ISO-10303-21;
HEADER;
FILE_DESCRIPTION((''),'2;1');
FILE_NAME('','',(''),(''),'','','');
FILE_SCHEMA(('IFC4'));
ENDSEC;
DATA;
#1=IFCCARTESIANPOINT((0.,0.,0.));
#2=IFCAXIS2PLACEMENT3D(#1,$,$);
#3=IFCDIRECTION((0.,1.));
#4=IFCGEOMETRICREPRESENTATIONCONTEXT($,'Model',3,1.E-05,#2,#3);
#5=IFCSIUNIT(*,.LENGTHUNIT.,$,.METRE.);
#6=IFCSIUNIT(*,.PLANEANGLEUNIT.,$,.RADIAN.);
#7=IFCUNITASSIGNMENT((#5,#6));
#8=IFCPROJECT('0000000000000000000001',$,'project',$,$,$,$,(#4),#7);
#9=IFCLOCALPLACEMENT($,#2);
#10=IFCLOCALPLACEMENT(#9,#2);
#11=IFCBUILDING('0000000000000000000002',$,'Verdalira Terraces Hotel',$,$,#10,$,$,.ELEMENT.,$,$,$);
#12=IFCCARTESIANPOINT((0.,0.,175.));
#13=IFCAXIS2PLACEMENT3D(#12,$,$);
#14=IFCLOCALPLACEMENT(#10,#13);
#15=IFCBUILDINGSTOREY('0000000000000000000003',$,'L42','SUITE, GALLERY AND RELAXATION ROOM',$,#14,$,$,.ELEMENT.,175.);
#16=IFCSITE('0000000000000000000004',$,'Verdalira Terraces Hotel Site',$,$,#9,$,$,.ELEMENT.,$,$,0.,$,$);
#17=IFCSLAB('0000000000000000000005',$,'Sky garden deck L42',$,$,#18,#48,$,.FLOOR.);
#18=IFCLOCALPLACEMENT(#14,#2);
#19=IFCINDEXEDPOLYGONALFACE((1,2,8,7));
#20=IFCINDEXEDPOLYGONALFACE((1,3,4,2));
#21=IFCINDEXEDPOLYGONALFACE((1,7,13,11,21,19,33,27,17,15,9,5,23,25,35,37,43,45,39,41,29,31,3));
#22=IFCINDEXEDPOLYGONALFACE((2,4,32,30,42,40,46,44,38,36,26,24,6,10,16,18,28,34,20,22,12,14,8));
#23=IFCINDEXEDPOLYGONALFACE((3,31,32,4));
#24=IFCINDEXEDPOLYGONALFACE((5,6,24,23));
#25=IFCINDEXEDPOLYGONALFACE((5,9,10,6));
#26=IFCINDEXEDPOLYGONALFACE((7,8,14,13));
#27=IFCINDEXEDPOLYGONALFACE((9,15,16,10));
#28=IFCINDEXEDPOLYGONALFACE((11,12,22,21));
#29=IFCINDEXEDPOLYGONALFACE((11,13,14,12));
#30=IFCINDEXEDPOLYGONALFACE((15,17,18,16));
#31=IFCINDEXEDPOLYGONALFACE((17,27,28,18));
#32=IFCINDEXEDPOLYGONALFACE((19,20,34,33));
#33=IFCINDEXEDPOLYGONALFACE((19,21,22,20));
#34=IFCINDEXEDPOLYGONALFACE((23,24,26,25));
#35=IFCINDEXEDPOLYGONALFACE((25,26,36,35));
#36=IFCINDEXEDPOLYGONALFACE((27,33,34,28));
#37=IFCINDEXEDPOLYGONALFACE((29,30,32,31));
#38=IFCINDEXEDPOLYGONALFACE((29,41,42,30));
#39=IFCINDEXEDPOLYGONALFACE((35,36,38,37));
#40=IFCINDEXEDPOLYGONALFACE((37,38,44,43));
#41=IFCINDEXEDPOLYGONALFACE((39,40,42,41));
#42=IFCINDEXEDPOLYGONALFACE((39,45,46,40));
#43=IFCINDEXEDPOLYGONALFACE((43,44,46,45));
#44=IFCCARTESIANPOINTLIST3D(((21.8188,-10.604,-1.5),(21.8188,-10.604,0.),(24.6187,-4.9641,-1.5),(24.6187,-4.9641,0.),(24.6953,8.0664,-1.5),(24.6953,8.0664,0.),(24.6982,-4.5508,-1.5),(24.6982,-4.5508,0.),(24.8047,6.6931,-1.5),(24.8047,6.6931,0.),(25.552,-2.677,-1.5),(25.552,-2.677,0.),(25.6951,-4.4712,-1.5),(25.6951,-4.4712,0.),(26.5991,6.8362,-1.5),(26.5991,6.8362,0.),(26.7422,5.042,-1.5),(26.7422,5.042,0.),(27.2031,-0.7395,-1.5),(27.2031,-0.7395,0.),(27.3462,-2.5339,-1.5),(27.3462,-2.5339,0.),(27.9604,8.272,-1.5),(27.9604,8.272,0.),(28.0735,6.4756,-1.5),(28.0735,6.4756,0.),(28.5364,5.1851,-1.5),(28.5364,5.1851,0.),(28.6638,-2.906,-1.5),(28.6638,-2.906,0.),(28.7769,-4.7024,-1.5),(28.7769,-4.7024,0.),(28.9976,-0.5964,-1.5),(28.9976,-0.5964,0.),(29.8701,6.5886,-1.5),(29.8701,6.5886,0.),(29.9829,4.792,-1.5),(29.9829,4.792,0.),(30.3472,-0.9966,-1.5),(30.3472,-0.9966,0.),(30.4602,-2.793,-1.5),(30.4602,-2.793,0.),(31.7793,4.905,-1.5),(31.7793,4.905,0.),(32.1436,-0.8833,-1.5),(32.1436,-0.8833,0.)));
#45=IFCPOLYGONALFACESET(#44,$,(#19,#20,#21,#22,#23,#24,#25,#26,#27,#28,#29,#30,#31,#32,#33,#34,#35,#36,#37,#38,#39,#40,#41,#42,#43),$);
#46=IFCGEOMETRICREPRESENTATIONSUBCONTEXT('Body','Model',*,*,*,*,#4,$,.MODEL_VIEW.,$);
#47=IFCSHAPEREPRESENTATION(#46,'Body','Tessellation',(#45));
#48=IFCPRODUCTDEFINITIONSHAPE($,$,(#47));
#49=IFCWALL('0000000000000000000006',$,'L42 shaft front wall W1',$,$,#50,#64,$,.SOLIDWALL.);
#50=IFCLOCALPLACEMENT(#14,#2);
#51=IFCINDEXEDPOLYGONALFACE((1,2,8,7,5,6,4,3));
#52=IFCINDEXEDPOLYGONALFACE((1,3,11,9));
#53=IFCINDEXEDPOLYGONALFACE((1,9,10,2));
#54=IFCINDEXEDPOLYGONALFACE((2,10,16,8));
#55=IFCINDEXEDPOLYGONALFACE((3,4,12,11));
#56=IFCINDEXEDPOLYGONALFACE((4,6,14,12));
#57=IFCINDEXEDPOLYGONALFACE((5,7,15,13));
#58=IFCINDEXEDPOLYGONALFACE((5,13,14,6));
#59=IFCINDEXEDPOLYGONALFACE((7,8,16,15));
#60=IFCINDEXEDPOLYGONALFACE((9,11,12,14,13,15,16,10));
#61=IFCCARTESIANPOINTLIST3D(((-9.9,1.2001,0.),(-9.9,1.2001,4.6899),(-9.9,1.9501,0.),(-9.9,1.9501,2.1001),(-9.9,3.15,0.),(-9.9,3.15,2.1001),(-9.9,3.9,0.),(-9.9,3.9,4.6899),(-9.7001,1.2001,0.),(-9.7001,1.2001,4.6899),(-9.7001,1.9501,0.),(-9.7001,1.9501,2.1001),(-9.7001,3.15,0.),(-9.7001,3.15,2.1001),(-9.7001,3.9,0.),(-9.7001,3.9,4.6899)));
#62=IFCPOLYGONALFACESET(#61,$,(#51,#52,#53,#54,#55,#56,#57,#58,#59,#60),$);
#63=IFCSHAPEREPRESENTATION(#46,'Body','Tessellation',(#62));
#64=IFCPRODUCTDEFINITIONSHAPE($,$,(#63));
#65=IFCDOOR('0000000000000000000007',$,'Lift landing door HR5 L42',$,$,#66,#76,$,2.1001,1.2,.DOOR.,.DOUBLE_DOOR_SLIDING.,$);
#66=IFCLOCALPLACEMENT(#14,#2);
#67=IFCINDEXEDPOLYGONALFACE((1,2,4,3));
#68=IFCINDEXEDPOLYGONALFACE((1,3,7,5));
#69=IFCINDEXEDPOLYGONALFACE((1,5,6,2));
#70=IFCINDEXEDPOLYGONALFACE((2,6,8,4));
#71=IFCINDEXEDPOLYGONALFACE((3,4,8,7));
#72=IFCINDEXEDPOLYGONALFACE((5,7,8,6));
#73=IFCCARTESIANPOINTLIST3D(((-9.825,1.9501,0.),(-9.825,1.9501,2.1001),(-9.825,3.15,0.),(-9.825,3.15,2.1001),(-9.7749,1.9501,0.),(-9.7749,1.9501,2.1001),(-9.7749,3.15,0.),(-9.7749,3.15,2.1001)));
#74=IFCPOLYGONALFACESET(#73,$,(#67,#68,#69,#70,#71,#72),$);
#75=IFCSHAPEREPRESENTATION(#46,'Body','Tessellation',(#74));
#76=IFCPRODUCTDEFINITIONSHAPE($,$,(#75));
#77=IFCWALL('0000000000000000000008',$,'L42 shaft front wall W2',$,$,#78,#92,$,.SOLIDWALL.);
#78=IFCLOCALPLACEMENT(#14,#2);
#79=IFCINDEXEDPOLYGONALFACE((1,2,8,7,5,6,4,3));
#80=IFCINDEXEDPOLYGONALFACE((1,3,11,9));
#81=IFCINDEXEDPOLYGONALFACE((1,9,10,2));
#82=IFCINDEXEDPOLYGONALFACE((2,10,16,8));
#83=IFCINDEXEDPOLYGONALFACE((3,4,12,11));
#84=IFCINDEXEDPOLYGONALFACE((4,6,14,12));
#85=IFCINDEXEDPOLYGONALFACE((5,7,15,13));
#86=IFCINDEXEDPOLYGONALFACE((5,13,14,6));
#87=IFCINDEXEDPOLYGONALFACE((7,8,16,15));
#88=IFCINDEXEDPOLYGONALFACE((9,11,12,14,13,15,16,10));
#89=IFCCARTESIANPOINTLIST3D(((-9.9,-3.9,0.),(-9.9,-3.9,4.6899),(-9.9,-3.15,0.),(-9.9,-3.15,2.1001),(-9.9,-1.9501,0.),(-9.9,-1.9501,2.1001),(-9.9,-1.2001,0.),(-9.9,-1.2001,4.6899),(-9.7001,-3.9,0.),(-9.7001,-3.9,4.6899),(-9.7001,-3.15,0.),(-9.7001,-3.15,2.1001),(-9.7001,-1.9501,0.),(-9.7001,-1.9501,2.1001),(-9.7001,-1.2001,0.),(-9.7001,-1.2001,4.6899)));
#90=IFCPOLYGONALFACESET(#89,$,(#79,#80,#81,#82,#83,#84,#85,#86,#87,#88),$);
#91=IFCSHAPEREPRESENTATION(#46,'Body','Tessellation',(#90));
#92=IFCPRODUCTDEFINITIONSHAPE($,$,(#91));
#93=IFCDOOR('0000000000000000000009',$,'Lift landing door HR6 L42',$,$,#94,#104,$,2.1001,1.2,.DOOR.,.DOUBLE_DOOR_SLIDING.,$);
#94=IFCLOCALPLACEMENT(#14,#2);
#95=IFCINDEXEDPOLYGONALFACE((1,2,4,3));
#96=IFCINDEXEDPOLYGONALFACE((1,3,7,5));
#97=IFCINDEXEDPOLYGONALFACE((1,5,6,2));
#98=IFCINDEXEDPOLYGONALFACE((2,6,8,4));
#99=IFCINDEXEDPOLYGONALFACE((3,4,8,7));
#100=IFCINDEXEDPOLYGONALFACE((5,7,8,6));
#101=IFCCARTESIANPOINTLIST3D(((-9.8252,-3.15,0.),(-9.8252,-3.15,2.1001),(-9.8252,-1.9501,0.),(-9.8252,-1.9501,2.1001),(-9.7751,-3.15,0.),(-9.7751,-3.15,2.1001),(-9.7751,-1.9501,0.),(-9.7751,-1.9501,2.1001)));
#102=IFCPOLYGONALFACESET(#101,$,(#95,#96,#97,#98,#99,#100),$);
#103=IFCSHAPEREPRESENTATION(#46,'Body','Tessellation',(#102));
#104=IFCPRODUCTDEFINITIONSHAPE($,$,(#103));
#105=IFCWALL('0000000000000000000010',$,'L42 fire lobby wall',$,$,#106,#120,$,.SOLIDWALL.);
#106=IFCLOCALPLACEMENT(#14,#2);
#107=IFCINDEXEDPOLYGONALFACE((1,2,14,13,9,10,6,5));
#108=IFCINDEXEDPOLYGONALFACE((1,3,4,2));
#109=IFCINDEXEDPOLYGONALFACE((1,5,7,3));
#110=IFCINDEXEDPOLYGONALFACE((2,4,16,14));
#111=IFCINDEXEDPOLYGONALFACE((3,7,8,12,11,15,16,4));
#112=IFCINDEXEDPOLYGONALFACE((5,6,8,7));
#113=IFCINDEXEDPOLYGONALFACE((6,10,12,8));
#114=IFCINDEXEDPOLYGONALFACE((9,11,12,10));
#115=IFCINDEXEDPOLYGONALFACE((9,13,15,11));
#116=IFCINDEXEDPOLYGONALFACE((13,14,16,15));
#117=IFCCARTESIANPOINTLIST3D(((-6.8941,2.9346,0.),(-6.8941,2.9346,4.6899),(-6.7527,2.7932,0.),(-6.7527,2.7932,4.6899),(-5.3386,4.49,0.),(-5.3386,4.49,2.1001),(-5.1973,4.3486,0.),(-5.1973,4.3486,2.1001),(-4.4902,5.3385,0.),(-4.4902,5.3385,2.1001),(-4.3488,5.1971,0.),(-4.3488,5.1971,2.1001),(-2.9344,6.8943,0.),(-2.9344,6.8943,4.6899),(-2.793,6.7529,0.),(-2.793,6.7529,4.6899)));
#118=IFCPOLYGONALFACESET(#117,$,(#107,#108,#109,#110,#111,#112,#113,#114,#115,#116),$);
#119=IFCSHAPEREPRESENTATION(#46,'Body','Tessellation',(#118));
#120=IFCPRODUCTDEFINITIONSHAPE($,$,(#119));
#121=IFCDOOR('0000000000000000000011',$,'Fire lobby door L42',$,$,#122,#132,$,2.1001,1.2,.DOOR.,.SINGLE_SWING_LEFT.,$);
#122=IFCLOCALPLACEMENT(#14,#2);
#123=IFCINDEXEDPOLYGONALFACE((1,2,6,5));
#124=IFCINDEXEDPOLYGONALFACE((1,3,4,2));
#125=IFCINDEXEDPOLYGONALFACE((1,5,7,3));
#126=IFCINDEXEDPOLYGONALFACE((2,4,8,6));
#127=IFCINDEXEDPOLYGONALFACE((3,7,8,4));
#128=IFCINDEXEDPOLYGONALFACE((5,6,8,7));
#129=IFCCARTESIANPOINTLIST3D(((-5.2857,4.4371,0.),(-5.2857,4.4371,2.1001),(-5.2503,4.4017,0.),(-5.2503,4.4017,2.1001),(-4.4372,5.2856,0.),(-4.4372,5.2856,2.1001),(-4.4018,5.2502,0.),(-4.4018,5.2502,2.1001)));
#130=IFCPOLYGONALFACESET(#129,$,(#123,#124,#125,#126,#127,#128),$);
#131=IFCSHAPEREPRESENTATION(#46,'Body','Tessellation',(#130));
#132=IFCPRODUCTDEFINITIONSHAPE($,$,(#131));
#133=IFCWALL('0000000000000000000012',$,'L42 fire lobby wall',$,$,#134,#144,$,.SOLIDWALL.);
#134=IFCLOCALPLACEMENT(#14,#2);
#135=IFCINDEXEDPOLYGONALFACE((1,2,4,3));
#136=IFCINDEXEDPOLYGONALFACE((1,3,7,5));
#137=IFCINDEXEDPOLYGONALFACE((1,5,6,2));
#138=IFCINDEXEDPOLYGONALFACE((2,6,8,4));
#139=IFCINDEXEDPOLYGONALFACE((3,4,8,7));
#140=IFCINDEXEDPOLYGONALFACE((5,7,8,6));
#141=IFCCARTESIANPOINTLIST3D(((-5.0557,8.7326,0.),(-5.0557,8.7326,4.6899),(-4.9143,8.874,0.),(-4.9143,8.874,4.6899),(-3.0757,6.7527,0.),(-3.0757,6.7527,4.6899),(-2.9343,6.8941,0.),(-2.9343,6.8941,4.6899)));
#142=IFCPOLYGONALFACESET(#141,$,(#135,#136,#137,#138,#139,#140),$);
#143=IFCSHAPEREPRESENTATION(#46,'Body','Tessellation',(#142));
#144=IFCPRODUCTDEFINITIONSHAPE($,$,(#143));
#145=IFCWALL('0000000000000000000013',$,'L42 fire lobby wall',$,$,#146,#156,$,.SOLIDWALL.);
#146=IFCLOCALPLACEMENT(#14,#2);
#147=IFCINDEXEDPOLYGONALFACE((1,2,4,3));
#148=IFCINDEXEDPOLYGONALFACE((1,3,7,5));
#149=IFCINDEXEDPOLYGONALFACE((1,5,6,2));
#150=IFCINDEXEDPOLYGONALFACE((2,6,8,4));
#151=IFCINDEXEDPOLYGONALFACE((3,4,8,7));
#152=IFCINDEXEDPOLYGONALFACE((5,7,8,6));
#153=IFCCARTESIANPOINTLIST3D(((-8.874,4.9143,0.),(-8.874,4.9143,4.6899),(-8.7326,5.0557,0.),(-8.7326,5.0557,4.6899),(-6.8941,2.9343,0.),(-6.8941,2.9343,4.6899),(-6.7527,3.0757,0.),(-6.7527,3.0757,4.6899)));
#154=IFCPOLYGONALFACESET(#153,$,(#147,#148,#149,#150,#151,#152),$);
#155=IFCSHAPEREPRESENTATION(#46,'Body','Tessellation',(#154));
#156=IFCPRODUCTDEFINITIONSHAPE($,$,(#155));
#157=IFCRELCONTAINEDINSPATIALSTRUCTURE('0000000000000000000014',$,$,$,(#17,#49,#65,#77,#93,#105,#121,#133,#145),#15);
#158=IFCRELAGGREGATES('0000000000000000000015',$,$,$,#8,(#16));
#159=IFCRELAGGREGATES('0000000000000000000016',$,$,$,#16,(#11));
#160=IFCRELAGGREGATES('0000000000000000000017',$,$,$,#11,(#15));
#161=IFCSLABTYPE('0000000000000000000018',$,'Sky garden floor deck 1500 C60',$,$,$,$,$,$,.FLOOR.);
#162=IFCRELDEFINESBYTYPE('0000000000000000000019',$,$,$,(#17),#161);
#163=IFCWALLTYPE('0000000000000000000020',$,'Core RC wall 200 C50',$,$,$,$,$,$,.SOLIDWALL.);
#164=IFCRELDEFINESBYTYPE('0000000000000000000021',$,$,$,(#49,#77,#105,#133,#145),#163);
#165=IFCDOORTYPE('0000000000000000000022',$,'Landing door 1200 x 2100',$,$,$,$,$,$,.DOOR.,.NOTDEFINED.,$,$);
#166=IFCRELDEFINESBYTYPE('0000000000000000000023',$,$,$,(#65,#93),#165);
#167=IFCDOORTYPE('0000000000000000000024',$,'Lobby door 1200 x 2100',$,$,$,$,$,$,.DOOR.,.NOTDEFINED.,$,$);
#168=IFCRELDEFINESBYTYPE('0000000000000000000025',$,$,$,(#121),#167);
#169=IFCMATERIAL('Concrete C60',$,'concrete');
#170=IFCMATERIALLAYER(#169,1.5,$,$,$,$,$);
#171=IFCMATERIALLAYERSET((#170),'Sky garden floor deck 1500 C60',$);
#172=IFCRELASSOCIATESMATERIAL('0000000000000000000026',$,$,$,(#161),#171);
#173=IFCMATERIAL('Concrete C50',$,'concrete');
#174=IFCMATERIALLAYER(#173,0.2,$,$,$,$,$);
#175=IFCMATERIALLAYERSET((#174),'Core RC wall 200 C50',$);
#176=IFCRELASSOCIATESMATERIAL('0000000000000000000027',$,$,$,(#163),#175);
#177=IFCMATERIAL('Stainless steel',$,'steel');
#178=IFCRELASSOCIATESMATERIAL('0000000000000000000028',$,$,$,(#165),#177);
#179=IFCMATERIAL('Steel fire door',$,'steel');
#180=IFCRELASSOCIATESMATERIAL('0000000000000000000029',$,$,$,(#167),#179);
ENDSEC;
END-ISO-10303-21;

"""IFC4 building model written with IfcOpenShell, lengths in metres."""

from ifc_helpers import new_model, si_unit, direction, frame, frame_2d, origin, place, context, subcontext, project, spatial, polyline, rectangle, outline, extrude, material, layer, layer_set, type_object, element, fill, save


model = new_model("IFC4")

# Units and contexts
model_context = context("Model", 3, precision=1e-05, world=origin(), true_north=direction((0.0, 1.0)))
body_context = subcontext(model_context, "Body", "Model", "MODEL_VIEW")
ifc_project = project(units=[si_unit("LENGTHUNIT", "METRE"), si_unit("PLANEANGLEUNIT", "RADIAN")], contexts=[model_context])

# Site, building, storey
site_placement = place(None, origin())
site = spatial("IfcSite", under=ifc_project, at=site_placement, Name="Verdalira Terraces Hotel Site", CompositionType="ELEMENT", RefElevation=0.0)
building_placement = place(site_placement, origin())
building = spatial("IfcBuilding", under=site, at=building_placement, Name="Verdalira Terraces Hotel", CompositionType="ELEMENT")
storey_placement = place(building_placement, frame((0.0, 0.0, 175.0)))
storey = spatial("IfcBuildingStorey", under=building, at=storey_placement, Name="L42", Description="SUITE, GALLERY AND RELAXATION ROOM", CompositionType="ELEMENT", Elevation=175.0)

# Slab
ifc_material_1 = material(Name="Concrete C60", Category="concrete")
ifc_layer_1 = layer(ifc_material_1, 1.5)
ifc_layer_set_1 = layer_set([ifc_layer_1], Name="Sky garden floor deck 1500 C60")
slab_type = type_object("IfcSlabType", Name="Sky garden floor deck 1500 C60", PredefinedType="FLOOR", material=ifc_layer_set_1)
slab_placement = place(storey_placement, frame((0.0, 0.0, -1.5)))
element("IfcSlab", 1, at=slab_placement, inside=storey, type_object=slab_type, Name="Sky garden deck L42", PredefinedType="FLOOR", context=body_context, shape_type="SweptSolid", body=[
    extrude(outline(polyline([(27.9604, 8.272), (24.6953, 8.0664), (24.8047, 6.6931), (26.5991, 6.8362), (26.7422, 5.042), (28.5364, 5.1851), (28.9976, -0.5964), (27.2031, -0.7395), (27.3462, -2.5339), (25.552, -2.677), (25.6951, -4.4712), (24.6982, -4.5508), (21.8188, -10.604), (24.6187, -4.9641), (28.7769, -4.7024), (28.6638, -2.906), (30.4602, -2.793), (30.3472, -0.9966), (32.1436, -0.8833), (31.7793, 4.905), (29.9829, 4.792), (29.8701, 6.5886), (28.0735, 6.4756), (27.9604, 8.272)])), origin(), (0.0, 0.0, 1.0), 1.5),
])

# Walls, openings, doors
ifc_material_2 = material(Name="Concrete C50", Category="concrete")
ifc_layer_2 = layer(ifc_material_2, 0.2)
ifc_layer_set_2 = layer_set([ifc_layer_2], Name="Core RC wall 200 C50")
wall_type_1 = type_object("IfcWallType", Name="Core RC wall 200 C50", PredefinedType="SOLIDWALL", material=ifc_layer_set_2)
wall_1_placement = place(storey_placement, frame((-9.8, 1.2, 0.0), z_axis=(0.0, 0.0, 1.0), x_axis=(0.0, 1.0, 0.0)))
wall_1 = element("IfcWall", 2, at=wall_1_placement, inside=storey, type_object=wall_type_1, Name="L42 shaft front wall W1", PredefinedType="SOLIDWALL", context=body_context, shape_type="SweptSolid", body=[
    extrude(rectangle(XDim=2.7, YDim=0.2, at=frame_2d((1.3501, 0.0))), origin(), (0.0, 0.0, 1.0), 4.6899),
])
opening_1_placement = place(wall_1_placement, frame((0.75, 0.0, 0.0)))
opening_1 = element("IfcOpeningElement", 3, at=opening_1_placement, cuts=wall_1, PredefinedType="OPENING", context=body_context, shape_type="SweptSolid", body=[
    extrude(rectangle(XDim=1.2, YDim=2.1001, at=frame_2d((0.6001, 1.05))), frame((0.0, 0.1099, 0.0), z_axis=(0.0, -1.0, 0.0), x_axis=(1.0, 0.0, 0.0)), (0.0, 0.0, 1.0), 0.22),
])
ifc_material_3 = material(Name="Stainless steel", Category="steel")
door_type_1 = type_object("IfcDoorType", Name="Landing door 1200 x 2100", OperationType="NOTDEFINED", PredefinedType="DOOR", material=ifc_material_3)
door_1_placement = place(opening_1_placement, origin())
door_1 = element("IfcDoor", 4, at=door_1_placement, inside=storey, type_object=door_type_1, Name="Lift landing door HR5 L42", OperationType="DOUBLE_DOOR_SLIDING", OverallHeight=2.1001, OverallWidth=1.2, PredefinedType="DOOR", context=body_context, shape_type="SweptSolid", body=[
    extrude(rectangle(XDim=1.2, YDim=2.1001, at=frame_2d((0.6001, 1.05))), frame((0.0, 0.0249, 0.0), z_axis=(0.0, -1.0, 0.0), x_axis=(1.0, 0.0, 0.0)), (0.0, 0.0, 1.0), 0.05),
])
fill(opening_1, door_1)
wall_2_placement = place(storey_placement, frame((-9.8, -1.2, 0.0), z_axis=(0.0, 0.0, 1.0), x_axis=(0.0, -1.0, 0.0)))
wall_2 = element("IfcWall", 5, at=wall_2_placement, inside=storey, type_object=wall_type_1, Name="L42 shaft front wall W2", PredefinedType="SOLIDWALL", context=body_context, shape_type="SweptSolid", body=[
    extrude(rectangle(XDim=2.7, YDim=0.2, at=frame_2d((1.3501, 0.0))), origin(), (0.0, 0.0, 1.0), 4.6899),
])
opening_2_placement = place(wall_2_placement, frame((0.75, 0.0, 0.0)))
opening_2 = element("IfcOpeningElement", 6, at=opening_2_placement, cuts=wall_2, PredefinedType="OPENING", context=body_context, shape_type="SweptSolid", body=[
    extrude(rectangle(XDim=1.2, YDim=2.1001, at=frame_2d((0.6001, 1.05))), frame((0.0, 0.1099, 0.0), z_axis=(0.0, -1.0, 0.0), x_axis=(1.0, 0.0, 0.0)), (0.0, 0.0, 1.0), 0.22),
])
door_2_placement = place(opening_2_placement, origin())
door_2 = element("IfcDoor", 7, at=door_2_placement, inside=storey, type_object=door_type_1, Name="Lift landing door HR6 L42", OperationType="DOUBLE_DOOR_SLIDING", OverallHeight=2.1001, OverallWidth=1.2, PredefinedType="DOOR", context=body_context, shape_type="SweptSolid", body=[
    extrude(rectangle(XDim=1.2, YDim=2.1001, at=frame_2d((0.6001, 1.05))), frame((0.0, 0.0249, 0.0), z_axis=(0.0, -1.0, 0.0), x_axis=(1.0, 0.0, 0.0)), (0.0, 0.0, 1.0), 0.05),
])
fill(opening_2, door_2)
wall_3_placement = place(storey_placement, frame((-2.8638, 6.8235, 0.0), z_axis=(0.0, 0.0, 1.0), x_axis=(-0.707107, -0.707107, 0.0)))
wall_3 = element("IfcWall", 8, at=wall_3_placement, inside=storey, type_object=wall_type_1, Name="L42 fire lobby wall", PredefinedType="SOLIDWALL", context=body_context, shape_type="SweptSolid", body=[
    extrude(rectangle(XDim=5.5999, YDim=0.2, at=frame_2d((2.7998, 0.0))), origin(), (0.0, 0.0, 1.0), 4.6899),
])
opening_3_placement = place(wall_3_placement, frame((2.2, 0.0, 0.0)))
opening_3 = element("IfcOpeningElement", 9, at=opening_3_placement, cuts=wall_3, PredefinedType="OPENING", context=body_context, shape_type="SweptSolid", body=[
    extrude(rectangle(XDim=1.2, YDim=2.1001, at=frame_2d((0.6001, 1.05))), frame((0.0, 0.1099, 0.0), z_axis=(0.0, -1.0, 0.0), x_axis=(1.0, 0.0, 0.0)), (0.0, 0.0, 1.0), 0.22),
])
ifc_material_4 = material(Name="Steel fire door", Category="steel")
door_type_2 = type_object("IfcDoorType", Name="Lobby door 1200 x 2100", OperationType="NOTDEFINED", PredefinedType="DOOR", material=ifc_material_4)
door_3_placement = place(opening_3_placement, origin())
door_3 = element("IfcDoor", 10, at=door_3_placement, inside=storey, type_object=door_type_2, Name="Fire lobby door L42", OperationType="SINGLE_SWING_LEFT", OverallHeight=2.1001, OverallWidth=1.2, PredefinedType="DOOR", context=body_context, shape_type="SweptSolid", body=[
    extrude(rectangle(XDim=1.2, YDim=2.1001, at=frame_2d((0.6001, 1.05))), frame((0.0, 0.0249, 0.0), z_axis=(0.0, -1.0, 0.0), x_axis=(1.0, 0.0, 0.0)), (0.0, 0.0, 1.0), 0.05),
])
fill(opening_3, door_3)

# Walls
for number, where, z_axis, x_axis, name in (
    (11, (-3.0051, 6.8235, 0.0), (0.0, 0.0, 1.0), (-0.707107, 0.707107, 0.0), "L42 fire lobby wall"),
    (12, (-6.8235, 3.0051, 0.0), (0.0, 0.0, 1.0), (-0.707107, 0.707107, 0.0), "L42 fire lobby wall"),
):
    element("IfcWall", number, at=place(storey_placement, frame(where, z_axis=z_axis, x_axis=x_axis)), inside=storey, type_object=wall_type_1, Name=name, PredefinedType="SOLIDWALL", context=body_context, shape_type="SweptSolid", body=[
        extrude(rectangle(XDim=2.8, YDim=0.2, at=frame_2d((1.3999, 0.0))), origin(), (0.0, 0.0, 1.0), 4.6899),
    ])

save(model, "model.ifc")
